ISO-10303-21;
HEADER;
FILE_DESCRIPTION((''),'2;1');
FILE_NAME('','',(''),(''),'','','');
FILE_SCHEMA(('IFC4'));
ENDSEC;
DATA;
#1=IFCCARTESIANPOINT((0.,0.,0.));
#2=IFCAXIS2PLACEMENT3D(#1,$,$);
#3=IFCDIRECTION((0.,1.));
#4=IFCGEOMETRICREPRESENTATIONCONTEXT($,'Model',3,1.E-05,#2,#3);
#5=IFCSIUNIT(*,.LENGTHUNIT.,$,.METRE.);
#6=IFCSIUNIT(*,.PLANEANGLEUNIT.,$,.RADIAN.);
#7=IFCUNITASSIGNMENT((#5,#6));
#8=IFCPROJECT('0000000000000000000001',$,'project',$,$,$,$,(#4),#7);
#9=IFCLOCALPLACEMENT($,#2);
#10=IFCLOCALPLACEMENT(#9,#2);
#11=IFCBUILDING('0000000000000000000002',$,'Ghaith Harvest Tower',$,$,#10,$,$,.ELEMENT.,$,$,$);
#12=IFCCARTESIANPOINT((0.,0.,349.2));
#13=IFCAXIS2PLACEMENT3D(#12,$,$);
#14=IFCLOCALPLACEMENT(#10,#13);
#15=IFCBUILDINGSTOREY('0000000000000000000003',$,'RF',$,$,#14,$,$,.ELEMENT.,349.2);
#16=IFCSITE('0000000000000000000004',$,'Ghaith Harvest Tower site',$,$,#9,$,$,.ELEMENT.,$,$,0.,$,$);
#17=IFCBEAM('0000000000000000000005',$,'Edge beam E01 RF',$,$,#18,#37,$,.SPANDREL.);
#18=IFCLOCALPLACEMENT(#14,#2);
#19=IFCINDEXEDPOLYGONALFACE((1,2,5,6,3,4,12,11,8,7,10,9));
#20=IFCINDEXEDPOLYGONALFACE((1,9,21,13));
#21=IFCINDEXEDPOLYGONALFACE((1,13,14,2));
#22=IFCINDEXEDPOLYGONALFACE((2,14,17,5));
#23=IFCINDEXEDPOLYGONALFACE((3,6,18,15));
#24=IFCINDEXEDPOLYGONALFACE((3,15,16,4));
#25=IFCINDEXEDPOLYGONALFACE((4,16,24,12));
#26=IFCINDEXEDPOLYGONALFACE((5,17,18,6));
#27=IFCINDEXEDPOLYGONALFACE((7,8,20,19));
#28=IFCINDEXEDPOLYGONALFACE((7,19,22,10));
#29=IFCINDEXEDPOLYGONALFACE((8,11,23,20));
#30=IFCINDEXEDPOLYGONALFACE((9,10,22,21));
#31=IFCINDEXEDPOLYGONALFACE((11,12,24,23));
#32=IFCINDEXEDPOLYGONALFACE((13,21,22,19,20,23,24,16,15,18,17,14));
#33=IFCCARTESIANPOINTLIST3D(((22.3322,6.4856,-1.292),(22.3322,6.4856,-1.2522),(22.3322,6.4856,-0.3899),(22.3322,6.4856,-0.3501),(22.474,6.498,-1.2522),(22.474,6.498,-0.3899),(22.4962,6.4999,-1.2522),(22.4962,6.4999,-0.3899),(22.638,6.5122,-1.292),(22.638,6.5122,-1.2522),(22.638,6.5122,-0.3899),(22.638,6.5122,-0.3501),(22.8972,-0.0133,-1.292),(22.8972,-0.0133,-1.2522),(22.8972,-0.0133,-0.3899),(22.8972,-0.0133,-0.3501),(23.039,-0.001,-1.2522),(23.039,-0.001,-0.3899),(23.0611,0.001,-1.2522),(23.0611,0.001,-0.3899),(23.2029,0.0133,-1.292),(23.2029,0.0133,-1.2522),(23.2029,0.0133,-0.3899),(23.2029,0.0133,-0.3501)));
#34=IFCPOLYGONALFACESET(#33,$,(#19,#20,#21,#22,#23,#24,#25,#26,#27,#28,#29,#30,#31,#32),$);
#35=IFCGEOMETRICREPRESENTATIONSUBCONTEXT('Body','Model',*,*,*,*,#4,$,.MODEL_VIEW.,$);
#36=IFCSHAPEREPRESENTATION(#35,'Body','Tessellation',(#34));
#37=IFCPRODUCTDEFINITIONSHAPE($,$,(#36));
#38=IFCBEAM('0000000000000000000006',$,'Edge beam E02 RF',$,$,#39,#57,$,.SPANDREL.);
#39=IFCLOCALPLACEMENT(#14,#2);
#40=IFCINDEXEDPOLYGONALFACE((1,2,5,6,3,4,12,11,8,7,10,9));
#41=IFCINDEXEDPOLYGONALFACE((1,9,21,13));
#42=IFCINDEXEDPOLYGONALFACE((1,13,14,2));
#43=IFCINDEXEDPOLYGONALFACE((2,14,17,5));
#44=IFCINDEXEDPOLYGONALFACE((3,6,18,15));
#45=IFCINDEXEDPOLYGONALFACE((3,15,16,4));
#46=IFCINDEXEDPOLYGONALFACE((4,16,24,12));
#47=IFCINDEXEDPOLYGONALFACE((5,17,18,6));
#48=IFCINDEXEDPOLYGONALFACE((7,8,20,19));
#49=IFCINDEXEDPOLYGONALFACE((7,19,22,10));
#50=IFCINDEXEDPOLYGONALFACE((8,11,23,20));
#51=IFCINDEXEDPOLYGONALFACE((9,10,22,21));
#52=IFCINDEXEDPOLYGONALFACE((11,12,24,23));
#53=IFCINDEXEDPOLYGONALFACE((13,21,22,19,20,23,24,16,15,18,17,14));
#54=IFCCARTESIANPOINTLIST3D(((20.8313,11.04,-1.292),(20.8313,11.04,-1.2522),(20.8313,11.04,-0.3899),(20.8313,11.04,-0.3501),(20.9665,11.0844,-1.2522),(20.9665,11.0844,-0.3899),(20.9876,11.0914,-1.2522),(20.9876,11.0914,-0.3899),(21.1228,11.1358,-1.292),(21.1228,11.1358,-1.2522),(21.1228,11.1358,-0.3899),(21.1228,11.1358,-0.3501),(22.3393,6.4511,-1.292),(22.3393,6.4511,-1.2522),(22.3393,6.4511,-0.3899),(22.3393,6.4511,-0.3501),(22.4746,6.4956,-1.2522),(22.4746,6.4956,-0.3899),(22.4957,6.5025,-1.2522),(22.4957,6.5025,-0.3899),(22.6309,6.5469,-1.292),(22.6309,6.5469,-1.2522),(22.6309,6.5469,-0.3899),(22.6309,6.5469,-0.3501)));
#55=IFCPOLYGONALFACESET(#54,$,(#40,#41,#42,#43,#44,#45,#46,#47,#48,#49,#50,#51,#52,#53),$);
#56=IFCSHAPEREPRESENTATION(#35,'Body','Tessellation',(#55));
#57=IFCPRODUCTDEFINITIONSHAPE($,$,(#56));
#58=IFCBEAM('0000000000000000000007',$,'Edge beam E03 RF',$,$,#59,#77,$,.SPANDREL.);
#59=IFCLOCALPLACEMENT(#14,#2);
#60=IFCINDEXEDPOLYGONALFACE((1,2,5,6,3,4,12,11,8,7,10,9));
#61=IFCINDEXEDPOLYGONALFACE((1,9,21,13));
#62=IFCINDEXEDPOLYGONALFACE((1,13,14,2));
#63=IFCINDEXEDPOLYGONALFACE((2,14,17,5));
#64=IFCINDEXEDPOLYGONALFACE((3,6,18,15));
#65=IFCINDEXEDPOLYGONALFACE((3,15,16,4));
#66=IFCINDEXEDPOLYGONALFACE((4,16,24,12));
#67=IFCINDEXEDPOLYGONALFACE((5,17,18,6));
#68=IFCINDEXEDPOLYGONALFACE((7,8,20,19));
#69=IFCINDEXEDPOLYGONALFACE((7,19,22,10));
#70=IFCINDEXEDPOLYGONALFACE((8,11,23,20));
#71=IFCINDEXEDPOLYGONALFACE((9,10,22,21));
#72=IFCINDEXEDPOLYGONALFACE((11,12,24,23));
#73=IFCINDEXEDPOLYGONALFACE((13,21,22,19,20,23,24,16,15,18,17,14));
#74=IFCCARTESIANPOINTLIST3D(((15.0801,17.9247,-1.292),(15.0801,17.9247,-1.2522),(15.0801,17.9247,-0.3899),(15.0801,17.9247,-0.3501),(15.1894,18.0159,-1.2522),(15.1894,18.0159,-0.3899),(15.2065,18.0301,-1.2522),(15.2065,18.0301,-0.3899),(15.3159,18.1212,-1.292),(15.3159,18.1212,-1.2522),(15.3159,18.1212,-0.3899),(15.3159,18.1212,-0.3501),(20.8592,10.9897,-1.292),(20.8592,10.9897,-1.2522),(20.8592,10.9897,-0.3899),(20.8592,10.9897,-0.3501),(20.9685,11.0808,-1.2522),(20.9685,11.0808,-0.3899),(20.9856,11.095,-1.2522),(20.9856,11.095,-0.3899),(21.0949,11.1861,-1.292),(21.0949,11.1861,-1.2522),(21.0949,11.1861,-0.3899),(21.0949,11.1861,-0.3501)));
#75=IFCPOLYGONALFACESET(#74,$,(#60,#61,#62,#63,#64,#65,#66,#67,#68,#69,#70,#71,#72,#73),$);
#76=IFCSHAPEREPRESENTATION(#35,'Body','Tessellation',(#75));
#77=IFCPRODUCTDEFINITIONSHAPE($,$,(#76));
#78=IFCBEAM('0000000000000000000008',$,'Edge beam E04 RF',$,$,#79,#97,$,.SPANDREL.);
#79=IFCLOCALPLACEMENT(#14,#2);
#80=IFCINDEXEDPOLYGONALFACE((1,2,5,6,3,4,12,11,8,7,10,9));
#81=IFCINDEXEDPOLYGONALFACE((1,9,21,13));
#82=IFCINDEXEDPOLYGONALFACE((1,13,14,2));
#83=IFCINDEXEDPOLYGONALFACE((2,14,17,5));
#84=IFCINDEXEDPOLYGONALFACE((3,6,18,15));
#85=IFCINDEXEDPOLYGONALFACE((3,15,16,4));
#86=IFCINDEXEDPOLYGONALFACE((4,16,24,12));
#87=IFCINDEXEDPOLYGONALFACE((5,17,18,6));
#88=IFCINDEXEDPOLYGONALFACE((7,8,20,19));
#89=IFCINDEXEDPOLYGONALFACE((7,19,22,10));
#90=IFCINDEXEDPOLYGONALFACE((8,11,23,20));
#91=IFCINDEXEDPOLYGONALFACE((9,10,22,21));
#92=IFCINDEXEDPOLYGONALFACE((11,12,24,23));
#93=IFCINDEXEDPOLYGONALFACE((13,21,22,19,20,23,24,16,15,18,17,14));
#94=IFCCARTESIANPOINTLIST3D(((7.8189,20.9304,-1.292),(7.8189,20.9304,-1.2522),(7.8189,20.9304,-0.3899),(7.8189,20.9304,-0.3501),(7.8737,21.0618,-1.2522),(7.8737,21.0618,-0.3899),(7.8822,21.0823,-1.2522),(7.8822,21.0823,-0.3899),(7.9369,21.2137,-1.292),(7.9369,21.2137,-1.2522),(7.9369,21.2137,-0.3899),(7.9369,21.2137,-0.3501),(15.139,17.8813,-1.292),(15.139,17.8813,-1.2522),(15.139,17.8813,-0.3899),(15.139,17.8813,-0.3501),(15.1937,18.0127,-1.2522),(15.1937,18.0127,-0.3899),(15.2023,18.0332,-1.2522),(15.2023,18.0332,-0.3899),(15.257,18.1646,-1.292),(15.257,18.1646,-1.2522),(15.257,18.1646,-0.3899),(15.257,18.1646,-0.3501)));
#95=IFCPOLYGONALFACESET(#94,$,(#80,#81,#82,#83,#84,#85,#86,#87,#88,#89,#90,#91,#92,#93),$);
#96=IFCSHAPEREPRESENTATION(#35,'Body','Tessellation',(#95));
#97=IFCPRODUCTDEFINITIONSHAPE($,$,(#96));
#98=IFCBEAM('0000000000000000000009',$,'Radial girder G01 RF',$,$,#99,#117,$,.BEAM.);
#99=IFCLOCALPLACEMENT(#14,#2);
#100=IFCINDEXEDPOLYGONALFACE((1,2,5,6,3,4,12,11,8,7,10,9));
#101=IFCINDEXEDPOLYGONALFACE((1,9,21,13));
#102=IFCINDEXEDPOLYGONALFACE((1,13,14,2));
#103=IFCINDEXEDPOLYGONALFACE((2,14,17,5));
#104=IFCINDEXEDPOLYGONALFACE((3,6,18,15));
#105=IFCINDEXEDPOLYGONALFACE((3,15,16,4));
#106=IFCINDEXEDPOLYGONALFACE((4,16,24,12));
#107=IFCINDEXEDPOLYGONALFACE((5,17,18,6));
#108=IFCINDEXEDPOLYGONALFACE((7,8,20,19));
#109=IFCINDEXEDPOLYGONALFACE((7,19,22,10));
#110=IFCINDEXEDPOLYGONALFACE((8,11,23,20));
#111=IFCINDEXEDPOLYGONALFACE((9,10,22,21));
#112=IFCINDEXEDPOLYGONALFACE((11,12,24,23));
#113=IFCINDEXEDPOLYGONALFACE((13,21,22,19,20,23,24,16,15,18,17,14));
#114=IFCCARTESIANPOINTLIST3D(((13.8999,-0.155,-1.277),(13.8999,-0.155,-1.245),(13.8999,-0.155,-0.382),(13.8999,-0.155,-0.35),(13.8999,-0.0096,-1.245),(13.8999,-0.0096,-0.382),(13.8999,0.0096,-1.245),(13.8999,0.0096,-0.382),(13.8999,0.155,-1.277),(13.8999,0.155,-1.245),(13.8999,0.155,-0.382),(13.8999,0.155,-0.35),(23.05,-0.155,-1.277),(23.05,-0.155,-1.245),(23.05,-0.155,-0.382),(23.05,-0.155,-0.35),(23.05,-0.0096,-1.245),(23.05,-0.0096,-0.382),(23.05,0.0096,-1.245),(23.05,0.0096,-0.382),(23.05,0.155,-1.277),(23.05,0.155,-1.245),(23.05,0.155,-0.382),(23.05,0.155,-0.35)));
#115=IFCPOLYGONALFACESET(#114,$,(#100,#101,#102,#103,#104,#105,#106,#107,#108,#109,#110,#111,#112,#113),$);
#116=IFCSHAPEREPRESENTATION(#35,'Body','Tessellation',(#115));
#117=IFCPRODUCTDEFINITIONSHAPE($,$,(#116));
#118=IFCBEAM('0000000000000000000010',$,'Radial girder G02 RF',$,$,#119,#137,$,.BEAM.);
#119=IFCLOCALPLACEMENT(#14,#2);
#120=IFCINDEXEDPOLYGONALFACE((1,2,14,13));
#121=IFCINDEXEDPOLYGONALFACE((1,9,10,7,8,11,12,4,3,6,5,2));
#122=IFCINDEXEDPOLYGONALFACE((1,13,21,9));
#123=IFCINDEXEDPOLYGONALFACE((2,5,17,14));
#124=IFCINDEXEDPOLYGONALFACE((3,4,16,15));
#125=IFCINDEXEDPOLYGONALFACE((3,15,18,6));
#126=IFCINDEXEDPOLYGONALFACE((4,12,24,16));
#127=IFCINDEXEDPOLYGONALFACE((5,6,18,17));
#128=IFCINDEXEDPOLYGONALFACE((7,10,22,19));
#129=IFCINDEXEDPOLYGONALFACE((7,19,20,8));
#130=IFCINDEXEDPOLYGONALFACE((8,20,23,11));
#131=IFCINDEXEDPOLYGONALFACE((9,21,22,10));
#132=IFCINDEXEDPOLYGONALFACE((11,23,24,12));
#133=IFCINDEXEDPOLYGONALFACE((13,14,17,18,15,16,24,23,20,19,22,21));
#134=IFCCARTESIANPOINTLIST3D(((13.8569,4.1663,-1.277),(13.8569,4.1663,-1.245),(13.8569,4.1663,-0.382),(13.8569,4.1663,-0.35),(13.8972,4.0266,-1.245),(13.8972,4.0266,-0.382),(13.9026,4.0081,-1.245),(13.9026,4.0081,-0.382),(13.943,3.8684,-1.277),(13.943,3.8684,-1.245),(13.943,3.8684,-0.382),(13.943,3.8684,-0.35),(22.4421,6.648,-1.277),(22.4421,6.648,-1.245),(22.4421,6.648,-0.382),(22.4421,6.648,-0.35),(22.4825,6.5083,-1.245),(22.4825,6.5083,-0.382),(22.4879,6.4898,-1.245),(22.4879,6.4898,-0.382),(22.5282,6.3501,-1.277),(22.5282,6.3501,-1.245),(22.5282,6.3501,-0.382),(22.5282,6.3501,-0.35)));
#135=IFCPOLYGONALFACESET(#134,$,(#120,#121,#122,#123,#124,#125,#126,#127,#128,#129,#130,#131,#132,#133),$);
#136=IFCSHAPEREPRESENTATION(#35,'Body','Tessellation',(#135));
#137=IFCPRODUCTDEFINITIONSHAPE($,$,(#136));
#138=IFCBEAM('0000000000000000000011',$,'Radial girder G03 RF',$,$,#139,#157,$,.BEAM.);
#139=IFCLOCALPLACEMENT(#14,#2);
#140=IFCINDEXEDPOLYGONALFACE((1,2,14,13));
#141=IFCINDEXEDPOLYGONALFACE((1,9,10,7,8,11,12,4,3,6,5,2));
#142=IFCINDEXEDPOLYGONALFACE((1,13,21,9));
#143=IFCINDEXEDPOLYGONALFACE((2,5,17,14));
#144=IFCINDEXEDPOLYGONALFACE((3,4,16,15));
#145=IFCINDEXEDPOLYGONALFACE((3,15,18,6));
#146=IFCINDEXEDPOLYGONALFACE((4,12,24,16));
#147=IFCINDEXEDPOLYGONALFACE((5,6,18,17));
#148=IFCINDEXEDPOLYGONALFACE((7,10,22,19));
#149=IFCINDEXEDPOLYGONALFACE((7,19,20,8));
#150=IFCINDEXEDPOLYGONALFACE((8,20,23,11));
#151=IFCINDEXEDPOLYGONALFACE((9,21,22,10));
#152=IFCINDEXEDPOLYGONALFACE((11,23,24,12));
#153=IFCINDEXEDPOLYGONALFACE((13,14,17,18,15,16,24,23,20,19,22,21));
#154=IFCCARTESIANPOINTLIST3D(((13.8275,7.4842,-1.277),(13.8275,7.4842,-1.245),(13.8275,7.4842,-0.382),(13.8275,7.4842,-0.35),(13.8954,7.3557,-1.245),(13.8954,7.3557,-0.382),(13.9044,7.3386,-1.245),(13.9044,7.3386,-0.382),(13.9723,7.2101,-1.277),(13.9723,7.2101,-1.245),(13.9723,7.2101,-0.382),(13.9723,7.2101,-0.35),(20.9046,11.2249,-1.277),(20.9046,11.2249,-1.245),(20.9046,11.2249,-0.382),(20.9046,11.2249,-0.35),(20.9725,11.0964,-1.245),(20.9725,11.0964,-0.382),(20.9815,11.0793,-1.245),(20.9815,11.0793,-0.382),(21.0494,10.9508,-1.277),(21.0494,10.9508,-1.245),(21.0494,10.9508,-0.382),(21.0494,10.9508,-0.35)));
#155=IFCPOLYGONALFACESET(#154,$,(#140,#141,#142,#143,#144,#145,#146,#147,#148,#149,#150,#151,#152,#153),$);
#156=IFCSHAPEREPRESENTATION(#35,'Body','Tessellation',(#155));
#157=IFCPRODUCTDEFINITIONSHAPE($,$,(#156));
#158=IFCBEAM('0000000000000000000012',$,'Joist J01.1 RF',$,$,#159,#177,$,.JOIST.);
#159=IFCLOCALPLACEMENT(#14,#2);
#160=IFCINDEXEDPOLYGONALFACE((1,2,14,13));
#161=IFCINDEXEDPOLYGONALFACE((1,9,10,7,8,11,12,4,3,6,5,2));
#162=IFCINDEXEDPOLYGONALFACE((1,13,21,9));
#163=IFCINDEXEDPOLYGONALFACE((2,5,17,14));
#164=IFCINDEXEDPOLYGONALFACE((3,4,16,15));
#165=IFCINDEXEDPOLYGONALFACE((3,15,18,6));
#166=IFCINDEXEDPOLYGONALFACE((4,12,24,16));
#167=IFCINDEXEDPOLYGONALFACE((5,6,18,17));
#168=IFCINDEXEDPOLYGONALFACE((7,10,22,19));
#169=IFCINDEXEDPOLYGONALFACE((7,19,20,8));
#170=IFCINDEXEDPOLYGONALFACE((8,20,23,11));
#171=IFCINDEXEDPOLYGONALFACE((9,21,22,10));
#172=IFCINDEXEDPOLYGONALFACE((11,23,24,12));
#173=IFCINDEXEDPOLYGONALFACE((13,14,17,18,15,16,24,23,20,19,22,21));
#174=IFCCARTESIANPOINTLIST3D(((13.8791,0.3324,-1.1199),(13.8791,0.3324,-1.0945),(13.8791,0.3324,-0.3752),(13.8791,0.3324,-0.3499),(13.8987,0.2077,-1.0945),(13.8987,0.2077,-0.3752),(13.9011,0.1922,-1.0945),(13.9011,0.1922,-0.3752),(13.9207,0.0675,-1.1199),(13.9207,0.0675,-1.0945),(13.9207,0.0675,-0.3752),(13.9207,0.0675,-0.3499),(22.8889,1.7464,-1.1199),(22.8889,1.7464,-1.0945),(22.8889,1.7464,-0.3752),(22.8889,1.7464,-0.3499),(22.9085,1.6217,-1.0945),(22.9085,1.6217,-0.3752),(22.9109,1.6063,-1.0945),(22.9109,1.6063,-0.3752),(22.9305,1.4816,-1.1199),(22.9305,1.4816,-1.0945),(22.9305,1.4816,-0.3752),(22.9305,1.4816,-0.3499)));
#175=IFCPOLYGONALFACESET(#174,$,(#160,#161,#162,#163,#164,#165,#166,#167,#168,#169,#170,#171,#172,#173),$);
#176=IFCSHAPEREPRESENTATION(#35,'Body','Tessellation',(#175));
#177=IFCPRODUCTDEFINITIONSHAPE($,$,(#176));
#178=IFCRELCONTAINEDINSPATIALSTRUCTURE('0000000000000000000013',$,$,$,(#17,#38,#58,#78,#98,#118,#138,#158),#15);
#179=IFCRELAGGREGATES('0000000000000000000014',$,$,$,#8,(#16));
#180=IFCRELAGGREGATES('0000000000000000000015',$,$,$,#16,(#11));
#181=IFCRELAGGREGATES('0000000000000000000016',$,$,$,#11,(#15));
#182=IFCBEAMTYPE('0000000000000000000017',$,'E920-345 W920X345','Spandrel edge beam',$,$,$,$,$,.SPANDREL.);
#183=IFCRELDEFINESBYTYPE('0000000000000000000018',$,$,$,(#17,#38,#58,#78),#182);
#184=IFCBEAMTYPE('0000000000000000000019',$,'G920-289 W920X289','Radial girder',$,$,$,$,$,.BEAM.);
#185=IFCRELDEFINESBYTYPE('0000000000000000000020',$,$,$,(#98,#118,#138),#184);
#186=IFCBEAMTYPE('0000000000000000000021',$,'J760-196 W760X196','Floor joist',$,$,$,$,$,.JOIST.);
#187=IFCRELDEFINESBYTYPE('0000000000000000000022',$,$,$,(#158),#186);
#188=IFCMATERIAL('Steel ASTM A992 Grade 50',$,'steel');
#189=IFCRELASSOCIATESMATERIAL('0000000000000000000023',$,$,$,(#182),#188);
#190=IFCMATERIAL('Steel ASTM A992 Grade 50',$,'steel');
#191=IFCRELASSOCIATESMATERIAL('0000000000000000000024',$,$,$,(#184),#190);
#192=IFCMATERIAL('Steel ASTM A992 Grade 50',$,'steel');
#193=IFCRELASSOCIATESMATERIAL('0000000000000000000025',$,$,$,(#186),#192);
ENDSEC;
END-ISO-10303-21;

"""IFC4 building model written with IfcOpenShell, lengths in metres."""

from ifc_helpers import new_model, si_unit, direction, frame, origin, origin_2d, place, context, subcontext, project, spatial, i_section, extrude, material, material_profile, profile_set, type_object, element, save


model = new_model("IFC4")

# Units and contexts
model_context = context("Model", 3, precision=1e-05, world=origin(), true_north=direction((0.0, 1.0)))
body_context = subcontext(model_context, "Body", "Model", "MODEL_VIEW")
ifc_project = project(units=[si_unit("LENGTHUNIT", "METRE"), si_unit("PLANEANGLEUNIT", "RADIAN")], contexts=[model_context])

# Site, building, storey
site_placement = place(None, origin())
site = spatial("IfcSite", under=ifc_project, at=site_placement, Name="Ghaith Harvest Tower site", CompositionType="ELEMENT", RefElevation=0.0)
building_placement = place(site_placement, origin())
building = spatial("IfcBuilding", under=site, at=building_placement, Name="Ghaith Harvest Tower", CompositionType="ELEMENT")
storey_placement = place(building_placement, frame((0.0, 0.0, 349.2)))
storey = spatial("IfcBuildingStorey", under=building, at=storey_placement, Name="RF", CompositionType="ELEMENT", Elevation=349.2)

# Beams
ifc_material_1 = material(Name="Steel ASTM A992 Grade 50", Category="steel")
ifc_material_profile_1 = material_profile(ifc_material_1, i_section(OverallWidth=0.3069, OverallDepth=0.9419, WebThickness=0.0222, FlangeThickness=0.0398, at=origin_2d()), Name="W920X345")
ifc_profile_set_1 = profile_set([ifc_material_profile_1], Name="Steel ASTM A992 Grade 50")
beam_type_1 = type_object("IfcBeamType", Name="E920-345 W920X345", Description="Spandrel edge beam", PredefinedType="SPANDREL", material=ifc_profile_set_1)
beam_1_placement = place(storey_placement, frame((23.05, 0.0, -0.821), z_axis=(-0.086601, 0.996243, 0.0), x_axis=(-0.996243, -0.086601, 0.0)))
element("IfcBeam", 1, at=beam_1_placement, inside=storey, type_object=beam_type_1, Name="Edge beam E01 RF", PredefinedType="SPANDREL", context=body_context, shape_type="SweptSolid", body=[
    extrude(i_section(OverallWidth=0.3069, OverallDepth=0.9419, WebThickness=0.0222, FlangeThickness=0.0398, at=origin_2d()), origin(), (0.0, 0.0, 1.0), 6.5234),
])
beam_2_placement = place(storey_placement, frame((22.4851, 6.499, -0.821), z_axis=(-0.312207, 0.950014, 0.0), x_axis=(-0.950014, -0.312207, 0.0)))
element("IfcBeam", 2, at=beam_2_placement, inside=storey, type_object=beam_type_1, Name="Edge beam E02 RF", PredefinedType="SPANDREL", context=body_context, shape_type="SweptSolid", body=[
    extrude(i_section(OverallWidth=0.3069, OverallDepth=0.9419, WebThickness=0.0222, FlangeThickness=0.0398, at=origin_2d()), origin(), (0.0, 0.0, 1.0), 4.8303),
])
beam_3_placement = place(storey_placement, frame((20.9771, 11.0879, -0.821), z_axis=(-0.640174, 0.76823, 0.0), x_axis=(-0.76823, -0.640174, 0.0)))
element("IfcBeam", 3, at=beam_3_placement, inside=storey, type_object=beam_type_1, Name="Edge beam E03 RF", PredefinedType="SPANDREL", context=body_context, shape_type="SweptSolid", body=[
    extrude(i_section(OverallWidth=0.3069, OverallDepth=0.9419, WebThickness=0.0222, FlangeThickness=0.0398, at=origin_2d()), origin(), (0.0, 0.0, 1.0), 9.0273),
])
beam_4_placement = place(storey_placement, frame((15.198, 18.0229, -0.821), z_axis=(-0.92312, 0.384513, 0.0), x_axis=(-0.384513, -0.92312, 0.0)))
element("IfcBeam", 4, at=beam_4_placement, inside=storey, type_object=beam_type_1, Name="Edge beam E04 RF", PredefinedType="SPANDREL", context=body_context, shape_type="SweptSolid", body=[
    extrude(i_section(OverallWidth=0.3069, OverallDepth=0.9419, WebThickness=0.0222, FlangeThickness=0.0398, at=origin_2d()), origin(), (0.0, 0.0, 1.0), 7.9297),
])
ifc_material_2 = material(Name="Steel ASTM A992 Grade 50", Category="steel")
ifc_material_profile_2 = material_profile(ifc_material_2, i_section(OverallWidth=0.3101, OverallDepth=0.927, WebThickness=0.0193, FlangeThickness=0.032, at=origin_2d()), Name="W920X289")
ifc_profile_set_2 = profile_set([ifc_material_profile_2], Name="Steel ASTM A992 Grade 50")
beam_type_2 = type_object("IfcBeamType", Name="G920-289 W920X289", Description="Radial girder", PredefinedType="BEAM", material=ifc_profile_set_2)
beam_5_placement = place(storey_placement, frame((13.8999, 0.0, -0.8135), z_axis=(1.0, 0.0, 0.0), x_axis=(0.0, 1.0, 0.0)))
element("IfcBeam", 5, at=beam_5_placement, inside=storey, type_object=beam_type_2, Name="Radial girder G01 RF", PredefinedType="BEAM", context=body_context, shape_type="SweptSolid", body=[
    extrude(i_section(OverallWidth=0.3101, OverallDepth=0.927, WebThickness=0.0193, FlangeThickness=0.032, at=origin_2d()), origin(), (0.0, 0.0, 1.0), 9.1501),
])
beam_6_placement = place(storey_placement, frame((13.8999, 4.0173, -0.8135), z_axis=(0.960669, 0.277697, 0.0), x_axis=(-0.277697, 0.960669, 0.0)))
element("IfcBeam", 6, at=beam_6_placement, inside=storey, type_object=beam_type_2, Name="Radial girder G02 RF", PredefinedType="BEAM", context=body_context, shape_type="SweptSolid", body=[
    extrude(i_section(OverallWidth=0.3101, OverallDepth=0.927, WebThickness=0.0193, FlangeThickness=0.032, at=origin_2d()), origin(), (0.0, 0.0, 1.0), 8.9368),
])
beam_7_placement = place(storey_placement, frame((13.8999, 7.3472, -0.8135), z_axis=(0.884098, 0.467302, 0.0), x_axis=(-0.467302, 0.884098, 0.0)))
element("IfcBeam", 7, at=beam_7_placement, inside=storey, type_object=beam_type_2, Name="Radial girder G03 RF", PredefinedType="BEAM", context=body_context, shape_type="SweptSolid", body=[
    extrude(i_section(OverallWidth=0.3101, OverallDepth=0.927, WebThickness=0.0193, FlangeThickness=0.032, at=origin_2d()), origin(), (0.0, 0.0, 1.0), 8.0049),
])
ifc_material_3 = material(Name="Steel ASTM A992 Grade 50", Category="steel")
ifc_material_profile_3 = material_profile(ifc_material_3, i_section(OverallWidth=0.2681, OverallDepth=0.77, WebThickness=0.0156, FlangeThickness=0.0254, at=origin_2d()), Name="W760X196")
ifc_profile_set_3 = profile_set([ifc_material_profile_3], Name="Steel ASTM A992 Grade 50")
beam_type_3 = type_object("IfcBeamType", Name="J760-196 W760X196", Description="Floor joist", PredefinedType="JOIST", material=ifc_profile_set_3)
beam_8_placement = place(storey_placement, frame((13.8999, 0.2, -0.7349), z_axis=(0.987907, 0.15505, 0.0), x_axis=(-0.15505, 0.987907, 0.0)))
element("IfcBeam", 8, at=beam_8_placement, inside=storey, type_object=beam_type_3, Name="Joist J01.1 RF", PredefinedType="JOIST", context=body_context, shape_type="SweptSolid", body=[
    extrude(i_section(OverallWidth=0.2681, OverallDepth=0.77, WebThickness=0.0156, FlangeThickness=0.0254, at=origin_2d()), origin(), (0.0, 0.0, 1.0), 9.1201),
])

save(model, "model.ifc")
